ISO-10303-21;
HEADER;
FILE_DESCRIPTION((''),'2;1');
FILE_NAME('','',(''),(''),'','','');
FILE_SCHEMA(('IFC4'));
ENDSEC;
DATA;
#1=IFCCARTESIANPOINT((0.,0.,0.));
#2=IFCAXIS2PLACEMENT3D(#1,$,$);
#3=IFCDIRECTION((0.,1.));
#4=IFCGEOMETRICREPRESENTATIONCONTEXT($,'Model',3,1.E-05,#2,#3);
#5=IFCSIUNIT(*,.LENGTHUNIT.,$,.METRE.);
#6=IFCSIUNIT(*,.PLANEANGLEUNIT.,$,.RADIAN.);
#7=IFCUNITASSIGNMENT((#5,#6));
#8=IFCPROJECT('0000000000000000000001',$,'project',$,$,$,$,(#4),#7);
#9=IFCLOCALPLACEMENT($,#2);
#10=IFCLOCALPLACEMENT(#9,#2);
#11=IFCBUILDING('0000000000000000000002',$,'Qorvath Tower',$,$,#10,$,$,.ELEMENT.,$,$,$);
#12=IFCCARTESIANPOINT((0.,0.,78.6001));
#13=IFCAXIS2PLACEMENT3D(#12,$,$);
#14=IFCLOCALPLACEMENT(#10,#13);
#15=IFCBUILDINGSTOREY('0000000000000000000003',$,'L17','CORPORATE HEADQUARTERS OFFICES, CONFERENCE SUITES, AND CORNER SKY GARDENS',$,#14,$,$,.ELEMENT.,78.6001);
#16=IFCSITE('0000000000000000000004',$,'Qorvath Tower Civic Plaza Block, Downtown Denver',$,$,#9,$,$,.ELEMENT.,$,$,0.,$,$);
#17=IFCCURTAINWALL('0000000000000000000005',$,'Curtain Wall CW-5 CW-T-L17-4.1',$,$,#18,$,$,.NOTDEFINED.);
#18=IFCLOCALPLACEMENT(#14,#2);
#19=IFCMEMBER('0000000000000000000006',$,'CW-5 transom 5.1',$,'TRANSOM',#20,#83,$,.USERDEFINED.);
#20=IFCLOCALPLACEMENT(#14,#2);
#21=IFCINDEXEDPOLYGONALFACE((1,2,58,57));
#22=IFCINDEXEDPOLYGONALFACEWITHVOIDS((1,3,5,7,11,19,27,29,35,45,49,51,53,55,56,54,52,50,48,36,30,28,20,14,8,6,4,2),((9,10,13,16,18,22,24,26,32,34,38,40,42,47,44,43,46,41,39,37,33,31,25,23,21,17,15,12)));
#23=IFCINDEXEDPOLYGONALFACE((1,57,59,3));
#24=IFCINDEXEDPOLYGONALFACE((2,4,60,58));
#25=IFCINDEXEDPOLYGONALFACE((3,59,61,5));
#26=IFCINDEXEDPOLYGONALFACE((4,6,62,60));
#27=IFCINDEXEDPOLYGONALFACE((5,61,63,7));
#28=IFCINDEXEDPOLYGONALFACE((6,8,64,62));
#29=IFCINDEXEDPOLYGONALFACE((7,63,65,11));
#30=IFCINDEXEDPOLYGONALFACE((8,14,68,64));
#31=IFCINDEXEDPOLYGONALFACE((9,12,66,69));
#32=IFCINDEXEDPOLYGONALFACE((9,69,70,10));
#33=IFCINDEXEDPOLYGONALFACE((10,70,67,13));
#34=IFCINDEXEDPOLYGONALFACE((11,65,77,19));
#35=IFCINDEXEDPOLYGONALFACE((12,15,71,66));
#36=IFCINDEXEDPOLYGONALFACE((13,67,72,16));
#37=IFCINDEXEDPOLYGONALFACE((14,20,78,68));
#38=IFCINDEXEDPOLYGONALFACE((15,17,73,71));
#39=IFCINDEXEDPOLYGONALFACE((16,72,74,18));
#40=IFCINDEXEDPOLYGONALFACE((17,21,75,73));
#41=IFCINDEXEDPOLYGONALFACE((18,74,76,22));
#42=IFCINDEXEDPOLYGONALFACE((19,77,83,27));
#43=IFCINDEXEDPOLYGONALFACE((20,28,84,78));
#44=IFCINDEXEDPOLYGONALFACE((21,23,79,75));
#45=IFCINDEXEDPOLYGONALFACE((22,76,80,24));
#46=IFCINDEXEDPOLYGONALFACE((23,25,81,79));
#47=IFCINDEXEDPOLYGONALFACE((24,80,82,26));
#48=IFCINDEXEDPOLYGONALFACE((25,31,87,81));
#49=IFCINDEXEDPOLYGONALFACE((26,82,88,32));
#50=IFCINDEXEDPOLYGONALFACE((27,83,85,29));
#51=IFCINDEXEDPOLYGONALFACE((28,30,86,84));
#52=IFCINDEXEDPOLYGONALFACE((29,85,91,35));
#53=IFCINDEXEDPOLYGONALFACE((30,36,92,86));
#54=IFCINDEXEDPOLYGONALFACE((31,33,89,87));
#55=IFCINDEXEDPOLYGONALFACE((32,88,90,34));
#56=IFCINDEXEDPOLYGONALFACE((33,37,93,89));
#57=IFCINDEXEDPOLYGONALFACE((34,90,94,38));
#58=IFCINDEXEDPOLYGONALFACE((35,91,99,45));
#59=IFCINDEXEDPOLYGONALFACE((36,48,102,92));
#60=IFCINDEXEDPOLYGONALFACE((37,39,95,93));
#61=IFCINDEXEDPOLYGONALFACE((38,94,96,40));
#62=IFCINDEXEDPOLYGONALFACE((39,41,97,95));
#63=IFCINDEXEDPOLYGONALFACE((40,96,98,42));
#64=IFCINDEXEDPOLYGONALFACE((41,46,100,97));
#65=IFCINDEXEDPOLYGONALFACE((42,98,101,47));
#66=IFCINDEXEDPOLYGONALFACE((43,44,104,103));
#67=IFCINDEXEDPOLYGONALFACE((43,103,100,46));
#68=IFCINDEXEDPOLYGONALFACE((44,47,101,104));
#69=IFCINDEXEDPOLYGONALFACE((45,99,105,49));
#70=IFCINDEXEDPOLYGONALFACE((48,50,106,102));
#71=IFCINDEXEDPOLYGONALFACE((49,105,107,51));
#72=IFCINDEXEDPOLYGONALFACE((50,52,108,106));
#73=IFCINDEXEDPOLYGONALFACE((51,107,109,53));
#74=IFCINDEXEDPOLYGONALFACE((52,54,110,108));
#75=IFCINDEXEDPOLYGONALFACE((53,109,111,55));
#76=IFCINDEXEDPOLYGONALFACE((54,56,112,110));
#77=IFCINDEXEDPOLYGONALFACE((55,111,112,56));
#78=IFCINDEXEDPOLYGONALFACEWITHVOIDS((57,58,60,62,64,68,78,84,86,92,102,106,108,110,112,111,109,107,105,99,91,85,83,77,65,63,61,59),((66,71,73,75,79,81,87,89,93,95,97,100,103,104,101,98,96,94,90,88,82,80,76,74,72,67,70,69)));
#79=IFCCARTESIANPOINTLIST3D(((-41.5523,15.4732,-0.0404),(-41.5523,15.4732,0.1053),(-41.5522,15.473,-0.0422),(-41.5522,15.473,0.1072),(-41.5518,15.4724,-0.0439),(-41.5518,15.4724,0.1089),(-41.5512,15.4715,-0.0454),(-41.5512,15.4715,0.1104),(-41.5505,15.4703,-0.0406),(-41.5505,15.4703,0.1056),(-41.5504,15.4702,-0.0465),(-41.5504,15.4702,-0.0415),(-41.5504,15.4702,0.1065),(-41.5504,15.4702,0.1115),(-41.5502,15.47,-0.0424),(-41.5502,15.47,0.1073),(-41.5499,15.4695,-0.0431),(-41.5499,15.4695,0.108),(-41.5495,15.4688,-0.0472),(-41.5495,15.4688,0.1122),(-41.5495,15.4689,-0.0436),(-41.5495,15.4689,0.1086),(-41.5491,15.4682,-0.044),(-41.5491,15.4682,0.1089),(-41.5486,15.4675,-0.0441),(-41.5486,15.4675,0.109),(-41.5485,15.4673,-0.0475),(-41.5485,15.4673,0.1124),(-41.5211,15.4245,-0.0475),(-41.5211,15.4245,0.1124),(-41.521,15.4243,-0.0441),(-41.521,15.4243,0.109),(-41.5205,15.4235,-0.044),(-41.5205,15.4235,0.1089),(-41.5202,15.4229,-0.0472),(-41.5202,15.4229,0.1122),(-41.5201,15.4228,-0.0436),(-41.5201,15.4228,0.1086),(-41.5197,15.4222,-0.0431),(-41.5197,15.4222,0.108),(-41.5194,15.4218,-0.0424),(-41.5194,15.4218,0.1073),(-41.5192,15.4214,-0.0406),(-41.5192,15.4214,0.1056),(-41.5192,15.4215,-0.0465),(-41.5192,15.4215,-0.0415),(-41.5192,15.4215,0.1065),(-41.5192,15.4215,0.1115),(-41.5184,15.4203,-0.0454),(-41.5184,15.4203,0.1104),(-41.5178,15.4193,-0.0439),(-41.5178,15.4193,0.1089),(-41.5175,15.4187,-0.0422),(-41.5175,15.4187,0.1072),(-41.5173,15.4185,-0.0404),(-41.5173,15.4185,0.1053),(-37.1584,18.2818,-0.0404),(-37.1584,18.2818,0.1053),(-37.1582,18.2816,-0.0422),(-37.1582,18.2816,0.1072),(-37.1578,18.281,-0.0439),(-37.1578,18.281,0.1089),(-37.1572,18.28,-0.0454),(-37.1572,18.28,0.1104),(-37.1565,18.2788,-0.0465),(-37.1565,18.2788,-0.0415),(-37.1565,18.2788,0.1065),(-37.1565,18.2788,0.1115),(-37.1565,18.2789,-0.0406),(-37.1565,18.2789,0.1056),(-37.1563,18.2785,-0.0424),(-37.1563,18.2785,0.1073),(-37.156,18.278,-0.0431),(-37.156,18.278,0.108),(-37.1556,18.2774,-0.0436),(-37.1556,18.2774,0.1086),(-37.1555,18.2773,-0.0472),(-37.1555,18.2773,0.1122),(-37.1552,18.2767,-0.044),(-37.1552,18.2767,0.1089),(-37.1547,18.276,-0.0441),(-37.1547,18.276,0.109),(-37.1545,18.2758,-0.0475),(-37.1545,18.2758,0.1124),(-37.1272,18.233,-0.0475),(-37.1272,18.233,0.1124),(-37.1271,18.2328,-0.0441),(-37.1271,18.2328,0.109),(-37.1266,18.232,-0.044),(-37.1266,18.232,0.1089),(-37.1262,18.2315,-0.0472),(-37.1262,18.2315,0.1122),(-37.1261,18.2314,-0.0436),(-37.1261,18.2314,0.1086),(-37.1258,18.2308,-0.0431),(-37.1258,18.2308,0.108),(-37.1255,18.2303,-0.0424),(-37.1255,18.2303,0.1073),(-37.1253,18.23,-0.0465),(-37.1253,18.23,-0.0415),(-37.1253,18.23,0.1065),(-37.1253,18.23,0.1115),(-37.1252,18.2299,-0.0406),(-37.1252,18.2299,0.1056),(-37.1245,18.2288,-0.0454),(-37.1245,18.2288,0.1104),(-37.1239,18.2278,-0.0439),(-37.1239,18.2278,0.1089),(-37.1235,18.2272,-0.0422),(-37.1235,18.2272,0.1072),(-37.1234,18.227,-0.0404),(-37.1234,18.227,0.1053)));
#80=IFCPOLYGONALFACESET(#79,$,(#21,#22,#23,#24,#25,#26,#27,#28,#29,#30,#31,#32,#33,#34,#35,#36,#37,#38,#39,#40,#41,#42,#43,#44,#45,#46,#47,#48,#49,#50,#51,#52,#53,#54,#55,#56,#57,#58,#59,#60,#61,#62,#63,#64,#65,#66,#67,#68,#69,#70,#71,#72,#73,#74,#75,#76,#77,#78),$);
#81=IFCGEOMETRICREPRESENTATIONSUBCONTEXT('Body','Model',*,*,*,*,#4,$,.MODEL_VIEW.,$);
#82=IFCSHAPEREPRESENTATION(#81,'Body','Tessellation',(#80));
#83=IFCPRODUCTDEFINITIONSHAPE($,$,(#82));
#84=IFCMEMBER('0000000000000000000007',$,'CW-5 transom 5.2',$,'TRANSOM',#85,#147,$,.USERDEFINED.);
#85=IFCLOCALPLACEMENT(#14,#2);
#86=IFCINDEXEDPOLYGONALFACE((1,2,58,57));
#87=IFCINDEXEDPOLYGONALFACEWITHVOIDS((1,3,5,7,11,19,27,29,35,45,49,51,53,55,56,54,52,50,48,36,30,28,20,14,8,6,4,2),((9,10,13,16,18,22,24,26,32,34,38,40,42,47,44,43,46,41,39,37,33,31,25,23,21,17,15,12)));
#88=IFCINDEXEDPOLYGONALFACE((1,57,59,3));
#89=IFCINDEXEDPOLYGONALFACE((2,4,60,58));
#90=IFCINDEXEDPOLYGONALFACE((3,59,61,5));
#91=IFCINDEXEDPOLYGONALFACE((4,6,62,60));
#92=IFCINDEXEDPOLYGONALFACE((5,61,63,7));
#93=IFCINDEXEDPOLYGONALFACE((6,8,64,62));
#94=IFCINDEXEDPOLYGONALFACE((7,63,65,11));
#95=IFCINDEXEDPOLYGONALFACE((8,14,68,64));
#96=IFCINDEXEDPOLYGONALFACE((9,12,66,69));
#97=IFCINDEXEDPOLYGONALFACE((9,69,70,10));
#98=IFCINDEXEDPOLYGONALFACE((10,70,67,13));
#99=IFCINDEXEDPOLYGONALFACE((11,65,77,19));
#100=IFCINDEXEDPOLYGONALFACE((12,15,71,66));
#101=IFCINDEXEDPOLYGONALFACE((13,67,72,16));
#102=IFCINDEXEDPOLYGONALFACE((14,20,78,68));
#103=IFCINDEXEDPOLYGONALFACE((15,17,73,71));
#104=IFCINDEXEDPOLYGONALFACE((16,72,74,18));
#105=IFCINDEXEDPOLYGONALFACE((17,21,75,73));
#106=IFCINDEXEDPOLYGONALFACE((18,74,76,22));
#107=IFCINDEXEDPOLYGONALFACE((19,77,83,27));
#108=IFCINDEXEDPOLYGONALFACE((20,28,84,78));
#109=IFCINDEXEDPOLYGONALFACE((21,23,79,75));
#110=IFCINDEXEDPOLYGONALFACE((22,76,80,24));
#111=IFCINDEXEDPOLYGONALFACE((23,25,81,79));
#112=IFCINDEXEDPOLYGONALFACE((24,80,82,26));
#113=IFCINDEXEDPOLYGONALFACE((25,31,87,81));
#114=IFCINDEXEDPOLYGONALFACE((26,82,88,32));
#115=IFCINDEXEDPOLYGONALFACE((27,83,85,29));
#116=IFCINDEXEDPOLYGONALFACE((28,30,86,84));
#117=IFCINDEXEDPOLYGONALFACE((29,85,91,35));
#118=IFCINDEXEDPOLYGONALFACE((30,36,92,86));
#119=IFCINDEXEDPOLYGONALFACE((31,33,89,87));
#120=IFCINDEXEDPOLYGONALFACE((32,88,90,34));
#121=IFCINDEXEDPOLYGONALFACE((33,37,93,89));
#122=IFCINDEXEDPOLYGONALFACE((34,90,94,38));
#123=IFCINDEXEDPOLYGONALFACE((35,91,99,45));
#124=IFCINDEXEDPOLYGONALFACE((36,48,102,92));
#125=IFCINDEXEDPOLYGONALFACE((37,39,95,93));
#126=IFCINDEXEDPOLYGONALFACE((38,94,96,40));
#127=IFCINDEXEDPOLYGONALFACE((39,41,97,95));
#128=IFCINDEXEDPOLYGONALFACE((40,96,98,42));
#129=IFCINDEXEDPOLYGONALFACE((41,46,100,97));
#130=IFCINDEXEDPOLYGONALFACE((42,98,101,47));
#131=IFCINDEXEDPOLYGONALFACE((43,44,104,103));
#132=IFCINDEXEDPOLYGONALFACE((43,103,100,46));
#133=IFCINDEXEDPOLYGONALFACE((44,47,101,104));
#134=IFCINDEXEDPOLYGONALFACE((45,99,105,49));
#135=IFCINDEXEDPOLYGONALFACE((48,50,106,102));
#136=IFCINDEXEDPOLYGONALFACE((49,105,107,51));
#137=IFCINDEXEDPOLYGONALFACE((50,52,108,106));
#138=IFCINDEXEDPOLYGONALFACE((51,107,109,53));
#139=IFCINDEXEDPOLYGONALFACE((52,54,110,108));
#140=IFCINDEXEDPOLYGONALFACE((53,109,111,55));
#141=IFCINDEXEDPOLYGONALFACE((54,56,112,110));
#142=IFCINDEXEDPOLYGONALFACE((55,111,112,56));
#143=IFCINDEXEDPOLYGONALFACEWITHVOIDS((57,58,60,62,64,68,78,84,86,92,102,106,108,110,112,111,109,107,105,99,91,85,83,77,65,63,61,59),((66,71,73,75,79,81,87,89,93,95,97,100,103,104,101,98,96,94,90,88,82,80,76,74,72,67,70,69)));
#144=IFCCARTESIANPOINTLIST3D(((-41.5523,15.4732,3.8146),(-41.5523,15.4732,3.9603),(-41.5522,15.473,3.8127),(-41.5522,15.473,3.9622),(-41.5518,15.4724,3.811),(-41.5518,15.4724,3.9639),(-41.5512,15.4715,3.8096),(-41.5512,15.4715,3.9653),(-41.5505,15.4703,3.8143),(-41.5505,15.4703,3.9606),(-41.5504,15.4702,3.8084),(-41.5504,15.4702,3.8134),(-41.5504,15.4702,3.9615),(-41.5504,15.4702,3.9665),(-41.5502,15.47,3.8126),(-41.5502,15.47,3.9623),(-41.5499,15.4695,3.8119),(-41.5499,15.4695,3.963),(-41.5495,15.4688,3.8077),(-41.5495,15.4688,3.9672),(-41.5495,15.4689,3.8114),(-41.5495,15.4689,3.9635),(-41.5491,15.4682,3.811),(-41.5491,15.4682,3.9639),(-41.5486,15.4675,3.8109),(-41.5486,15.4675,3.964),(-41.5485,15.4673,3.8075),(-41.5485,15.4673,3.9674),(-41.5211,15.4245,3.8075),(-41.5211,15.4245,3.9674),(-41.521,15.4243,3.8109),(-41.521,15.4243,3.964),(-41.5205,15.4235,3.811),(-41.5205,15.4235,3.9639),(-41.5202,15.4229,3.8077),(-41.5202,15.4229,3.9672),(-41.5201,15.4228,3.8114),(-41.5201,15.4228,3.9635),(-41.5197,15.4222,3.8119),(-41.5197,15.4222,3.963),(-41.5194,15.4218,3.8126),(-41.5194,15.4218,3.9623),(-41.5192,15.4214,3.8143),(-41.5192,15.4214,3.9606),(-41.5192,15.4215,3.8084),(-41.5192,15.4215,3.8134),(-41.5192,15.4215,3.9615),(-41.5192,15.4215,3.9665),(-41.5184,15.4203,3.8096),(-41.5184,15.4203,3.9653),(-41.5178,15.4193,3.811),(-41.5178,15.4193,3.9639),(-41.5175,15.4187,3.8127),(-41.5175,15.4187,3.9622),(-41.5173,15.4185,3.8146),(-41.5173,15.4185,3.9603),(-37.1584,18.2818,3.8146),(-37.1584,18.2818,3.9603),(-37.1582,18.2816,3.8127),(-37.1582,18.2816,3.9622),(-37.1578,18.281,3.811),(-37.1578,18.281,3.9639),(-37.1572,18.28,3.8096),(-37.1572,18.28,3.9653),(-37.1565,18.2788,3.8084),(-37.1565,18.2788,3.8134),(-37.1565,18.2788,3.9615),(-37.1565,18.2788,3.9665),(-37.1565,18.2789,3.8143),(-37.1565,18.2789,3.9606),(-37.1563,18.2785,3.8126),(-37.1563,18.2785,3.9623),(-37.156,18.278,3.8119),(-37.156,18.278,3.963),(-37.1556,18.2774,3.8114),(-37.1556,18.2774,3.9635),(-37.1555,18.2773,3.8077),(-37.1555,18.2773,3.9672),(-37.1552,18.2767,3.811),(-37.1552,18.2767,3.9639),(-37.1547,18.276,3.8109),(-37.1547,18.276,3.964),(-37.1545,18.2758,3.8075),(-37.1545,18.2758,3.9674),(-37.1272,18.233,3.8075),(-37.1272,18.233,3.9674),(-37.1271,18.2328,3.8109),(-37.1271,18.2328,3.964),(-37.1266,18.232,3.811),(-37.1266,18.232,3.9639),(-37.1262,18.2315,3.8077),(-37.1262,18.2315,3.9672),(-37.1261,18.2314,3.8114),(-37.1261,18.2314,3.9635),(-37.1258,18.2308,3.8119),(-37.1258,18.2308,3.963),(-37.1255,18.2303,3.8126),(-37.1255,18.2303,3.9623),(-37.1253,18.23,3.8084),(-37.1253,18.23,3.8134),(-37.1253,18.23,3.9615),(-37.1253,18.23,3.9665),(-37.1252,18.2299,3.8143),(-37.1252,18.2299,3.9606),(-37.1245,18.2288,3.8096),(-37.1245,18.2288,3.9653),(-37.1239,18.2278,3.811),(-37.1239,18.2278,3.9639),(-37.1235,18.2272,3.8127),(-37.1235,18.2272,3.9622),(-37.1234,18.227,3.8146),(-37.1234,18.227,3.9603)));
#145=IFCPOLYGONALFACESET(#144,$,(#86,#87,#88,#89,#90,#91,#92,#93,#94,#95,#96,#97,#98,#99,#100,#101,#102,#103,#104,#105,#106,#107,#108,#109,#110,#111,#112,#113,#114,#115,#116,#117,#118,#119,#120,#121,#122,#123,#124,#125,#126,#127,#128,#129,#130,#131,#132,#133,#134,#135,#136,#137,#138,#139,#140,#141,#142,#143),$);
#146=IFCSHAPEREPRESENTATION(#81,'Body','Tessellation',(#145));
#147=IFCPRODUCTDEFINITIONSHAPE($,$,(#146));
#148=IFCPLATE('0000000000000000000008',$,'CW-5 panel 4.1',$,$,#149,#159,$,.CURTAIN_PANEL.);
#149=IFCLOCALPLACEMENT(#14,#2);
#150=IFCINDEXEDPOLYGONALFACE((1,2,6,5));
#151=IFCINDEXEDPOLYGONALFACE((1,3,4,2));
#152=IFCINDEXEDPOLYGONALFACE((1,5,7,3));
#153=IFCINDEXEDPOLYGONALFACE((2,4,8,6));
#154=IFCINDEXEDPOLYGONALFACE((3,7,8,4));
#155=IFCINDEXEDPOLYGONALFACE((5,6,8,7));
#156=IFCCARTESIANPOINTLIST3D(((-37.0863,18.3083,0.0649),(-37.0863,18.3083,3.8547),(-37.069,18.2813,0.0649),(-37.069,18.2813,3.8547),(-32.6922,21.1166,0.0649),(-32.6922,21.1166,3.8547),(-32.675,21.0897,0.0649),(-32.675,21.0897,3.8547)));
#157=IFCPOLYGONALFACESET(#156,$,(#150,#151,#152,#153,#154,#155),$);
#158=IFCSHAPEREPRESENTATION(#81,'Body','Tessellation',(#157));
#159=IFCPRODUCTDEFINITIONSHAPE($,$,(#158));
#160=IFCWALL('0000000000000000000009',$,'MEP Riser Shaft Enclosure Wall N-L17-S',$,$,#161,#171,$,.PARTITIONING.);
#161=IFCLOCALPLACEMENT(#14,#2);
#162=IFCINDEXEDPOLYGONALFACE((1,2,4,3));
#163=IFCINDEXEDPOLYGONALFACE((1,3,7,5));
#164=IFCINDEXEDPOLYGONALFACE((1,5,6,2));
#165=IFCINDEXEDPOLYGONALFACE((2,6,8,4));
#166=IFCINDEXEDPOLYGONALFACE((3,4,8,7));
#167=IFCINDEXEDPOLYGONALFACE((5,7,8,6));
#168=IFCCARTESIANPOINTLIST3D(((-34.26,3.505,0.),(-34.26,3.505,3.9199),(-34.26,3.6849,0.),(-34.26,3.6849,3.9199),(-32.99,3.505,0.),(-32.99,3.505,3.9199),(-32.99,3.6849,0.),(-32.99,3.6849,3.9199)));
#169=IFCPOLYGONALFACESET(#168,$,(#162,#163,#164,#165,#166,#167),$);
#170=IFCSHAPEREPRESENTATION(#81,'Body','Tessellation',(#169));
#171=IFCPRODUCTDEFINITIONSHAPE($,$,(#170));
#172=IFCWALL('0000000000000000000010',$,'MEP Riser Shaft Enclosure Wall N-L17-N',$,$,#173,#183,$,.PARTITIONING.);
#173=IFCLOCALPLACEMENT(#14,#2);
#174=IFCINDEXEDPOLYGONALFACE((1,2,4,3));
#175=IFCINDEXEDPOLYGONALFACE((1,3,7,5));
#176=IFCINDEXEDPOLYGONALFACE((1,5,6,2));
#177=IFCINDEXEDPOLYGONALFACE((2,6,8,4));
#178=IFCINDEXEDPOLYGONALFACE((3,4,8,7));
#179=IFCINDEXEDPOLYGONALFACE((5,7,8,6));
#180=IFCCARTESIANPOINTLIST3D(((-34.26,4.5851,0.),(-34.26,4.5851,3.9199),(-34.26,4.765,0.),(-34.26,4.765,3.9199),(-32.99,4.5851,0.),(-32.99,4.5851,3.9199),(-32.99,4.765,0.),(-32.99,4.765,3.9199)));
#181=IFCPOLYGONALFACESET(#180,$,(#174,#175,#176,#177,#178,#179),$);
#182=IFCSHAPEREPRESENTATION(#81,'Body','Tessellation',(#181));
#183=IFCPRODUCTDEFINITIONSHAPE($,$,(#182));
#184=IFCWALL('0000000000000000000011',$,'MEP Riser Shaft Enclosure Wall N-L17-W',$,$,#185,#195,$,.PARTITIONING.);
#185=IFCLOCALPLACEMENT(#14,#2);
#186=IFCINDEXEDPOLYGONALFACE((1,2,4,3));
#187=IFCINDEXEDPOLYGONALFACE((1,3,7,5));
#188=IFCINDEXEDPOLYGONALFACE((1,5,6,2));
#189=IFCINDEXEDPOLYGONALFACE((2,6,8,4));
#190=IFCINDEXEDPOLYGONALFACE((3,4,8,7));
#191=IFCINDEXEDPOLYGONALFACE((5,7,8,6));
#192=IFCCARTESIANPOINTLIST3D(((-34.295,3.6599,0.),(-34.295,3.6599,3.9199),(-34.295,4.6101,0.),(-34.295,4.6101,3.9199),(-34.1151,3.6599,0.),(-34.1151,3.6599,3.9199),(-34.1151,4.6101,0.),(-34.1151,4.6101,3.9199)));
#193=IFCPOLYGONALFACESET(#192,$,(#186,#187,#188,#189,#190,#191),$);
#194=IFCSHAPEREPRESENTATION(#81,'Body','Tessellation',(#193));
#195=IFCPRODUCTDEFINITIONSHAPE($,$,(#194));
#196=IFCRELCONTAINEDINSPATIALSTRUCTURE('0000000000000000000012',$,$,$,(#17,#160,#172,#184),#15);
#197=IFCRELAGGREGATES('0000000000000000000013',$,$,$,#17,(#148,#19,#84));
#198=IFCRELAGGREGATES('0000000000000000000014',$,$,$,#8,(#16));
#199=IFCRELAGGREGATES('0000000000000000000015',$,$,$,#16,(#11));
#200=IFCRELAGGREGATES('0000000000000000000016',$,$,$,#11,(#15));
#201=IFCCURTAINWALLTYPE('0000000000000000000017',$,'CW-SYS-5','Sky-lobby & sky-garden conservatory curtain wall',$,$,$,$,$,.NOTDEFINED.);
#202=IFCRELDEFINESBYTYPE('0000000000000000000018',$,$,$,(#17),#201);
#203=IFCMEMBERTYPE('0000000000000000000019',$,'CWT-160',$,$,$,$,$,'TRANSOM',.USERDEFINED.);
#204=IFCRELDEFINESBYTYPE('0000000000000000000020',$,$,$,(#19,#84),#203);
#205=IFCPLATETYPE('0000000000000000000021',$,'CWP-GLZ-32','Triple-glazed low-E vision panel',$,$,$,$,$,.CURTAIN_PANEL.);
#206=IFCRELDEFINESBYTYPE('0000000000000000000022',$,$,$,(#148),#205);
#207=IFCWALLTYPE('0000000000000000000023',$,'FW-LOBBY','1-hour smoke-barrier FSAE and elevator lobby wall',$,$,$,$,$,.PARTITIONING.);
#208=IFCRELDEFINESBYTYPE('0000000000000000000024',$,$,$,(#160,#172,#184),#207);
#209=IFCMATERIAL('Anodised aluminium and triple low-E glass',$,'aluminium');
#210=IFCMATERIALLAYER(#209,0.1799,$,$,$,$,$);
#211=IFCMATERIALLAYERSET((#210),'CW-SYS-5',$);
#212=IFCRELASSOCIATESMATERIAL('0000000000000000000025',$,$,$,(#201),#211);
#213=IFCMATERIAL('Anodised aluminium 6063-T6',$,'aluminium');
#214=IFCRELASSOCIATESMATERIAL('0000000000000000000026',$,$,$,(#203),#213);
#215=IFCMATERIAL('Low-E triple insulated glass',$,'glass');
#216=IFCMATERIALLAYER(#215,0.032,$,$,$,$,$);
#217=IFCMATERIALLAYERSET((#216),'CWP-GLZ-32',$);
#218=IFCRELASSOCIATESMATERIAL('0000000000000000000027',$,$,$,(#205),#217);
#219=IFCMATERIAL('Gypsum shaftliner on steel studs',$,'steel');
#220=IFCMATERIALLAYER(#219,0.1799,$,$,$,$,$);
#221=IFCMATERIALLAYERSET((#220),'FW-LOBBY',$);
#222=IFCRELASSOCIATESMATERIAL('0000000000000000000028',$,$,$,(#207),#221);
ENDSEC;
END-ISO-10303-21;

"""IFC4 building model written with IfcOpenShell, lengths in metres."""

from ifc_helpers import new_model, si_unit, direction, frame, frame_2d, origin, origin_2d, place, context, subcontext, project, spatial, rectangle, hollow_rectangle, extrude, material, layer, layer_set, material_profile, profile_set, type_object, element, aggregate, save


model = new_model("IFC4")

# Units and contexts
model_context = context("Model", 3, precision=1e-05, world=origin(), true_north=direction((0.0, 1.0)))
body_context = subcontext(model_context, "Body", "Model", "MODEL_VIEW")
ifc_project = project(units=[si_unit("LENGTHUNIT", "METRE"), si_unit("PLANEANGLEUNIT", "RADIAN")], contexts=[model_context])

# Site, building, storey
site_placement = place(None, origin())
site = spatial("IfcSite", under=ifc_project, at=site_placement, Name="Qorvath Tower Civic Plaza Block, Downtown Denver", CompositionType="ELEMENT", RefElevation=0.0)
building_placement = place(site_placement, origin())
building = spatial("IfcBuilding", under=site, at=building_placement, Name="Qorvath Tower", CompositionType="ELEMENT")
storey_placement = place(building_placement, frame((0.0, 0.0, 78.6001)))
storey = spatial("IfcBuildingStorey", under=building, at=storey_placement, Name="L17", Description="CORPORATE HEADQUARTERS OFFICES, CONFERENCE SUITES, AND CORNER SKY GARDENS", CompositionType="ELEMENT", Elevation=78.6001)

# Curtain wall, members, plate
ifc_material_1 = material(Name="Anodised aluminium and triple low-E glass", Category="aluminium")
ifc_layer_1 = layer(ifc_material_1, 0.1799)
ifc_layer_set_1 = layer_set([ifc_layer_1], Name="CW-SYS-5")
curtain_wall_type = type_object("IfcCurtainWallType", Name="CW-SYS-5", Description="Sky-lobby & sky-garden conservatory curtain wall", PredefinedType="NOTDEFINED", material=ifc_layer_set_1)
curtain_wall_placement = place(storey_placement, origin())
curtain_wall = element("IfcCurtainWall", 1, at=curtain_wall_placement, inside=storey, type_object=curtain_wall_type, Name="Curtain Wall CW-5 CW-T-L17-4.1", PredefinedType="NOTDEFINED")
ifc_material_2 = material(Name="Anodised aluminium 6063-T6", Category="aluminium")
ifc_material_profile_1 = material_profile(ifc_material_2, hollow_rectangle(XDim=0.0649, YDim=0.1599, WallThickness=0.0034, InnerFilletRadius=0.0034, OuterFilletRadius=0.0071, at=origin_2d()), Name="CWT 160x65")
ifc_profile_set_1 = profile_set([ifc_material_profile_1], Name="Anodised aluminium 6063-T6")
member_type_1 = type_object("IfcMemberType", Name="CWT-160", ElementType="TRANSOM", PredefinedType="USERDEFINED", material=ifc_profile_set_1)
member_1_placement = place(storey_placement, frame((-37.1409, 18.2544, 0.0325), z_axis=(-0.842584, -0.538565, 0.0), x_axis=(0.538565, -0.842584, 0.0)))
member_1 = element("IfcMember", 2, at=member_1_placement, type_object=member_type_1, Name="CW-5 transom 5.1", ObjectType="TRANSOM", PredefinedType="USERDEFINED", context=body_context, shape_type="SweptSolid", body=[
    extrude(hollow_rectangle(XDim=0.0649, YDim=0.1599, WallThickness=0.0034, InnerFilletRadius=0.0034, OuterFilletRadius=0.0071, at=origin_2d()), origin(), (0.0, 0.0, 1.0), 5.2148),
])
member_2_placement = place(storey_placement, frame((-37.1409, 18.2544, 3.8875), z_axis=(-0.842584, -0.538565, 0.0), x_axis=(0.538565, -0.842584, 0.0)))
member_2 = element("IfcMember", 3, at=member_2_placement, type_object=member_type_1, Name="CW-5 transom 5.2", ObjectType="TRANSOM", PredefinedType="USERDEFINED", context=body_context, shape_type="SweptSolid", body=[
    extrude(hollow_rectangle(XDim=0.0649, YDim=0.1599, WallThickness=0.0034, InnerFilletRadius=0.0034, OuterFilletRadius=0.0071, at=origin_2d()), origin(), (0.0, 0.0, 1.0), 5.2148),
])
ifc_material_3 = material(Name="Low-E triple insulated glass", Category="glass")
ifc_layer_2 = layer(ifc_material_3, 0.032)
ifc_layer_set_2 = layer_set([ifc_layer_2], Name="CWP-GLZ-32")
plate_type = type_object("IfcPlateType", Name="CWP-GLZ-32", Description="Triple-glazed low-E vision panel", PredefinedType="CURTAIN_PANEL", material=ifc_layer_set_2)
plate_placement = place(storey_placement, frame((-34.8806, 19.699, 0.0649), z_axis=(0.0, 0.0, 1.0), x_axis=(-0.842604, -0.538533, 0.0)))
plate = element("IfcPlate", 4, at=plate_placement, type_object=plate_type, Name="CW-5 panel 4.1", PredefinedType="CURTAIN_PANEL", context=body_context, shape_type="SweptSolid", body=[
    extrude(rectangle(XDim=5.2148, YDim=0.032, at=origin_2d()), origin(), (0.0, 0.0, 1.0), 3.7898),
])
aggregate(curtain_wall, [plate, member_1, member_2])

# Walls
ifc_material_4 = material(Name="Gypsum shaftliner on steel studs", Category="steel")
ifc_layer_3 = layer(ifc_material_4, 0.1799)
ifc_layer_set_3 = layer_set([ifc_layer_3], Name="FW-LOBBY")
wall_type_1 = type_object("IfcWallType", Name="FW-LOBBY", Description="1-hour smoke-barrier FSAE and elevator lobby wall", PredefinedType="PARTITIONING", material=ifc_layer_set_3)
for number, where, z_axis, x_axis, name in (
    (5, (-32.99, 3.595, 0.0), (0.0, 0.0, 1.0), (-1.0, 0.0, 0.0), "MEP Riser Shaft Enclosure Wall N-L17-S"),
    (6, (-34.26, 4.675, 0.0), (0.0, 0.0, 1.0), (1.0, 0.0, 0.0), "MEP Riser Shaft Enclosure Wall N-L17-N"),
):
    element("IfcWall", number, at=place(storey_placement, frame(where, z_axis=z_axis, x_axis=x_axis)), inside=storey, type_object=wall_type_1, Name=name, PredefinedType="PARTITIONING", context=body_context, shape_type="SweptSolid", body=[
        extrude(rectangle(XDim=1.27, YDim=0.1799, at=frame_2d((0.635, 0.0))), origin(), (0.0, 0.0, 1.0), 3.9199),
    ])
for number, where, z_axis, x_axis, name in (
    (7, (-34.2051, 3.6599, 0.0), (0.0, 0.0, 1.0), (0.0, 1.0, 0.0), "MEP Riser Shaft Enclosure Wall N-L17-W"),
):
    element("IfcWall", number, at=place(storey_placement, frame(where, z_axis=z_axis, x_axis=x_axis)), inside=storey, type_object=wall_type_1, Name=name, PredefinedType="PARTITIONING", context=body_context, shape_type="SweptSolid", body=[
        extrude(rectangle(XDim=0.9502, YDim=0.1799, at=frame_2d((0.4751, 0.0))), origin(), (0.0, 0.0, 1.0), 3.9199),
    ])

save(model, "model.ifc")
